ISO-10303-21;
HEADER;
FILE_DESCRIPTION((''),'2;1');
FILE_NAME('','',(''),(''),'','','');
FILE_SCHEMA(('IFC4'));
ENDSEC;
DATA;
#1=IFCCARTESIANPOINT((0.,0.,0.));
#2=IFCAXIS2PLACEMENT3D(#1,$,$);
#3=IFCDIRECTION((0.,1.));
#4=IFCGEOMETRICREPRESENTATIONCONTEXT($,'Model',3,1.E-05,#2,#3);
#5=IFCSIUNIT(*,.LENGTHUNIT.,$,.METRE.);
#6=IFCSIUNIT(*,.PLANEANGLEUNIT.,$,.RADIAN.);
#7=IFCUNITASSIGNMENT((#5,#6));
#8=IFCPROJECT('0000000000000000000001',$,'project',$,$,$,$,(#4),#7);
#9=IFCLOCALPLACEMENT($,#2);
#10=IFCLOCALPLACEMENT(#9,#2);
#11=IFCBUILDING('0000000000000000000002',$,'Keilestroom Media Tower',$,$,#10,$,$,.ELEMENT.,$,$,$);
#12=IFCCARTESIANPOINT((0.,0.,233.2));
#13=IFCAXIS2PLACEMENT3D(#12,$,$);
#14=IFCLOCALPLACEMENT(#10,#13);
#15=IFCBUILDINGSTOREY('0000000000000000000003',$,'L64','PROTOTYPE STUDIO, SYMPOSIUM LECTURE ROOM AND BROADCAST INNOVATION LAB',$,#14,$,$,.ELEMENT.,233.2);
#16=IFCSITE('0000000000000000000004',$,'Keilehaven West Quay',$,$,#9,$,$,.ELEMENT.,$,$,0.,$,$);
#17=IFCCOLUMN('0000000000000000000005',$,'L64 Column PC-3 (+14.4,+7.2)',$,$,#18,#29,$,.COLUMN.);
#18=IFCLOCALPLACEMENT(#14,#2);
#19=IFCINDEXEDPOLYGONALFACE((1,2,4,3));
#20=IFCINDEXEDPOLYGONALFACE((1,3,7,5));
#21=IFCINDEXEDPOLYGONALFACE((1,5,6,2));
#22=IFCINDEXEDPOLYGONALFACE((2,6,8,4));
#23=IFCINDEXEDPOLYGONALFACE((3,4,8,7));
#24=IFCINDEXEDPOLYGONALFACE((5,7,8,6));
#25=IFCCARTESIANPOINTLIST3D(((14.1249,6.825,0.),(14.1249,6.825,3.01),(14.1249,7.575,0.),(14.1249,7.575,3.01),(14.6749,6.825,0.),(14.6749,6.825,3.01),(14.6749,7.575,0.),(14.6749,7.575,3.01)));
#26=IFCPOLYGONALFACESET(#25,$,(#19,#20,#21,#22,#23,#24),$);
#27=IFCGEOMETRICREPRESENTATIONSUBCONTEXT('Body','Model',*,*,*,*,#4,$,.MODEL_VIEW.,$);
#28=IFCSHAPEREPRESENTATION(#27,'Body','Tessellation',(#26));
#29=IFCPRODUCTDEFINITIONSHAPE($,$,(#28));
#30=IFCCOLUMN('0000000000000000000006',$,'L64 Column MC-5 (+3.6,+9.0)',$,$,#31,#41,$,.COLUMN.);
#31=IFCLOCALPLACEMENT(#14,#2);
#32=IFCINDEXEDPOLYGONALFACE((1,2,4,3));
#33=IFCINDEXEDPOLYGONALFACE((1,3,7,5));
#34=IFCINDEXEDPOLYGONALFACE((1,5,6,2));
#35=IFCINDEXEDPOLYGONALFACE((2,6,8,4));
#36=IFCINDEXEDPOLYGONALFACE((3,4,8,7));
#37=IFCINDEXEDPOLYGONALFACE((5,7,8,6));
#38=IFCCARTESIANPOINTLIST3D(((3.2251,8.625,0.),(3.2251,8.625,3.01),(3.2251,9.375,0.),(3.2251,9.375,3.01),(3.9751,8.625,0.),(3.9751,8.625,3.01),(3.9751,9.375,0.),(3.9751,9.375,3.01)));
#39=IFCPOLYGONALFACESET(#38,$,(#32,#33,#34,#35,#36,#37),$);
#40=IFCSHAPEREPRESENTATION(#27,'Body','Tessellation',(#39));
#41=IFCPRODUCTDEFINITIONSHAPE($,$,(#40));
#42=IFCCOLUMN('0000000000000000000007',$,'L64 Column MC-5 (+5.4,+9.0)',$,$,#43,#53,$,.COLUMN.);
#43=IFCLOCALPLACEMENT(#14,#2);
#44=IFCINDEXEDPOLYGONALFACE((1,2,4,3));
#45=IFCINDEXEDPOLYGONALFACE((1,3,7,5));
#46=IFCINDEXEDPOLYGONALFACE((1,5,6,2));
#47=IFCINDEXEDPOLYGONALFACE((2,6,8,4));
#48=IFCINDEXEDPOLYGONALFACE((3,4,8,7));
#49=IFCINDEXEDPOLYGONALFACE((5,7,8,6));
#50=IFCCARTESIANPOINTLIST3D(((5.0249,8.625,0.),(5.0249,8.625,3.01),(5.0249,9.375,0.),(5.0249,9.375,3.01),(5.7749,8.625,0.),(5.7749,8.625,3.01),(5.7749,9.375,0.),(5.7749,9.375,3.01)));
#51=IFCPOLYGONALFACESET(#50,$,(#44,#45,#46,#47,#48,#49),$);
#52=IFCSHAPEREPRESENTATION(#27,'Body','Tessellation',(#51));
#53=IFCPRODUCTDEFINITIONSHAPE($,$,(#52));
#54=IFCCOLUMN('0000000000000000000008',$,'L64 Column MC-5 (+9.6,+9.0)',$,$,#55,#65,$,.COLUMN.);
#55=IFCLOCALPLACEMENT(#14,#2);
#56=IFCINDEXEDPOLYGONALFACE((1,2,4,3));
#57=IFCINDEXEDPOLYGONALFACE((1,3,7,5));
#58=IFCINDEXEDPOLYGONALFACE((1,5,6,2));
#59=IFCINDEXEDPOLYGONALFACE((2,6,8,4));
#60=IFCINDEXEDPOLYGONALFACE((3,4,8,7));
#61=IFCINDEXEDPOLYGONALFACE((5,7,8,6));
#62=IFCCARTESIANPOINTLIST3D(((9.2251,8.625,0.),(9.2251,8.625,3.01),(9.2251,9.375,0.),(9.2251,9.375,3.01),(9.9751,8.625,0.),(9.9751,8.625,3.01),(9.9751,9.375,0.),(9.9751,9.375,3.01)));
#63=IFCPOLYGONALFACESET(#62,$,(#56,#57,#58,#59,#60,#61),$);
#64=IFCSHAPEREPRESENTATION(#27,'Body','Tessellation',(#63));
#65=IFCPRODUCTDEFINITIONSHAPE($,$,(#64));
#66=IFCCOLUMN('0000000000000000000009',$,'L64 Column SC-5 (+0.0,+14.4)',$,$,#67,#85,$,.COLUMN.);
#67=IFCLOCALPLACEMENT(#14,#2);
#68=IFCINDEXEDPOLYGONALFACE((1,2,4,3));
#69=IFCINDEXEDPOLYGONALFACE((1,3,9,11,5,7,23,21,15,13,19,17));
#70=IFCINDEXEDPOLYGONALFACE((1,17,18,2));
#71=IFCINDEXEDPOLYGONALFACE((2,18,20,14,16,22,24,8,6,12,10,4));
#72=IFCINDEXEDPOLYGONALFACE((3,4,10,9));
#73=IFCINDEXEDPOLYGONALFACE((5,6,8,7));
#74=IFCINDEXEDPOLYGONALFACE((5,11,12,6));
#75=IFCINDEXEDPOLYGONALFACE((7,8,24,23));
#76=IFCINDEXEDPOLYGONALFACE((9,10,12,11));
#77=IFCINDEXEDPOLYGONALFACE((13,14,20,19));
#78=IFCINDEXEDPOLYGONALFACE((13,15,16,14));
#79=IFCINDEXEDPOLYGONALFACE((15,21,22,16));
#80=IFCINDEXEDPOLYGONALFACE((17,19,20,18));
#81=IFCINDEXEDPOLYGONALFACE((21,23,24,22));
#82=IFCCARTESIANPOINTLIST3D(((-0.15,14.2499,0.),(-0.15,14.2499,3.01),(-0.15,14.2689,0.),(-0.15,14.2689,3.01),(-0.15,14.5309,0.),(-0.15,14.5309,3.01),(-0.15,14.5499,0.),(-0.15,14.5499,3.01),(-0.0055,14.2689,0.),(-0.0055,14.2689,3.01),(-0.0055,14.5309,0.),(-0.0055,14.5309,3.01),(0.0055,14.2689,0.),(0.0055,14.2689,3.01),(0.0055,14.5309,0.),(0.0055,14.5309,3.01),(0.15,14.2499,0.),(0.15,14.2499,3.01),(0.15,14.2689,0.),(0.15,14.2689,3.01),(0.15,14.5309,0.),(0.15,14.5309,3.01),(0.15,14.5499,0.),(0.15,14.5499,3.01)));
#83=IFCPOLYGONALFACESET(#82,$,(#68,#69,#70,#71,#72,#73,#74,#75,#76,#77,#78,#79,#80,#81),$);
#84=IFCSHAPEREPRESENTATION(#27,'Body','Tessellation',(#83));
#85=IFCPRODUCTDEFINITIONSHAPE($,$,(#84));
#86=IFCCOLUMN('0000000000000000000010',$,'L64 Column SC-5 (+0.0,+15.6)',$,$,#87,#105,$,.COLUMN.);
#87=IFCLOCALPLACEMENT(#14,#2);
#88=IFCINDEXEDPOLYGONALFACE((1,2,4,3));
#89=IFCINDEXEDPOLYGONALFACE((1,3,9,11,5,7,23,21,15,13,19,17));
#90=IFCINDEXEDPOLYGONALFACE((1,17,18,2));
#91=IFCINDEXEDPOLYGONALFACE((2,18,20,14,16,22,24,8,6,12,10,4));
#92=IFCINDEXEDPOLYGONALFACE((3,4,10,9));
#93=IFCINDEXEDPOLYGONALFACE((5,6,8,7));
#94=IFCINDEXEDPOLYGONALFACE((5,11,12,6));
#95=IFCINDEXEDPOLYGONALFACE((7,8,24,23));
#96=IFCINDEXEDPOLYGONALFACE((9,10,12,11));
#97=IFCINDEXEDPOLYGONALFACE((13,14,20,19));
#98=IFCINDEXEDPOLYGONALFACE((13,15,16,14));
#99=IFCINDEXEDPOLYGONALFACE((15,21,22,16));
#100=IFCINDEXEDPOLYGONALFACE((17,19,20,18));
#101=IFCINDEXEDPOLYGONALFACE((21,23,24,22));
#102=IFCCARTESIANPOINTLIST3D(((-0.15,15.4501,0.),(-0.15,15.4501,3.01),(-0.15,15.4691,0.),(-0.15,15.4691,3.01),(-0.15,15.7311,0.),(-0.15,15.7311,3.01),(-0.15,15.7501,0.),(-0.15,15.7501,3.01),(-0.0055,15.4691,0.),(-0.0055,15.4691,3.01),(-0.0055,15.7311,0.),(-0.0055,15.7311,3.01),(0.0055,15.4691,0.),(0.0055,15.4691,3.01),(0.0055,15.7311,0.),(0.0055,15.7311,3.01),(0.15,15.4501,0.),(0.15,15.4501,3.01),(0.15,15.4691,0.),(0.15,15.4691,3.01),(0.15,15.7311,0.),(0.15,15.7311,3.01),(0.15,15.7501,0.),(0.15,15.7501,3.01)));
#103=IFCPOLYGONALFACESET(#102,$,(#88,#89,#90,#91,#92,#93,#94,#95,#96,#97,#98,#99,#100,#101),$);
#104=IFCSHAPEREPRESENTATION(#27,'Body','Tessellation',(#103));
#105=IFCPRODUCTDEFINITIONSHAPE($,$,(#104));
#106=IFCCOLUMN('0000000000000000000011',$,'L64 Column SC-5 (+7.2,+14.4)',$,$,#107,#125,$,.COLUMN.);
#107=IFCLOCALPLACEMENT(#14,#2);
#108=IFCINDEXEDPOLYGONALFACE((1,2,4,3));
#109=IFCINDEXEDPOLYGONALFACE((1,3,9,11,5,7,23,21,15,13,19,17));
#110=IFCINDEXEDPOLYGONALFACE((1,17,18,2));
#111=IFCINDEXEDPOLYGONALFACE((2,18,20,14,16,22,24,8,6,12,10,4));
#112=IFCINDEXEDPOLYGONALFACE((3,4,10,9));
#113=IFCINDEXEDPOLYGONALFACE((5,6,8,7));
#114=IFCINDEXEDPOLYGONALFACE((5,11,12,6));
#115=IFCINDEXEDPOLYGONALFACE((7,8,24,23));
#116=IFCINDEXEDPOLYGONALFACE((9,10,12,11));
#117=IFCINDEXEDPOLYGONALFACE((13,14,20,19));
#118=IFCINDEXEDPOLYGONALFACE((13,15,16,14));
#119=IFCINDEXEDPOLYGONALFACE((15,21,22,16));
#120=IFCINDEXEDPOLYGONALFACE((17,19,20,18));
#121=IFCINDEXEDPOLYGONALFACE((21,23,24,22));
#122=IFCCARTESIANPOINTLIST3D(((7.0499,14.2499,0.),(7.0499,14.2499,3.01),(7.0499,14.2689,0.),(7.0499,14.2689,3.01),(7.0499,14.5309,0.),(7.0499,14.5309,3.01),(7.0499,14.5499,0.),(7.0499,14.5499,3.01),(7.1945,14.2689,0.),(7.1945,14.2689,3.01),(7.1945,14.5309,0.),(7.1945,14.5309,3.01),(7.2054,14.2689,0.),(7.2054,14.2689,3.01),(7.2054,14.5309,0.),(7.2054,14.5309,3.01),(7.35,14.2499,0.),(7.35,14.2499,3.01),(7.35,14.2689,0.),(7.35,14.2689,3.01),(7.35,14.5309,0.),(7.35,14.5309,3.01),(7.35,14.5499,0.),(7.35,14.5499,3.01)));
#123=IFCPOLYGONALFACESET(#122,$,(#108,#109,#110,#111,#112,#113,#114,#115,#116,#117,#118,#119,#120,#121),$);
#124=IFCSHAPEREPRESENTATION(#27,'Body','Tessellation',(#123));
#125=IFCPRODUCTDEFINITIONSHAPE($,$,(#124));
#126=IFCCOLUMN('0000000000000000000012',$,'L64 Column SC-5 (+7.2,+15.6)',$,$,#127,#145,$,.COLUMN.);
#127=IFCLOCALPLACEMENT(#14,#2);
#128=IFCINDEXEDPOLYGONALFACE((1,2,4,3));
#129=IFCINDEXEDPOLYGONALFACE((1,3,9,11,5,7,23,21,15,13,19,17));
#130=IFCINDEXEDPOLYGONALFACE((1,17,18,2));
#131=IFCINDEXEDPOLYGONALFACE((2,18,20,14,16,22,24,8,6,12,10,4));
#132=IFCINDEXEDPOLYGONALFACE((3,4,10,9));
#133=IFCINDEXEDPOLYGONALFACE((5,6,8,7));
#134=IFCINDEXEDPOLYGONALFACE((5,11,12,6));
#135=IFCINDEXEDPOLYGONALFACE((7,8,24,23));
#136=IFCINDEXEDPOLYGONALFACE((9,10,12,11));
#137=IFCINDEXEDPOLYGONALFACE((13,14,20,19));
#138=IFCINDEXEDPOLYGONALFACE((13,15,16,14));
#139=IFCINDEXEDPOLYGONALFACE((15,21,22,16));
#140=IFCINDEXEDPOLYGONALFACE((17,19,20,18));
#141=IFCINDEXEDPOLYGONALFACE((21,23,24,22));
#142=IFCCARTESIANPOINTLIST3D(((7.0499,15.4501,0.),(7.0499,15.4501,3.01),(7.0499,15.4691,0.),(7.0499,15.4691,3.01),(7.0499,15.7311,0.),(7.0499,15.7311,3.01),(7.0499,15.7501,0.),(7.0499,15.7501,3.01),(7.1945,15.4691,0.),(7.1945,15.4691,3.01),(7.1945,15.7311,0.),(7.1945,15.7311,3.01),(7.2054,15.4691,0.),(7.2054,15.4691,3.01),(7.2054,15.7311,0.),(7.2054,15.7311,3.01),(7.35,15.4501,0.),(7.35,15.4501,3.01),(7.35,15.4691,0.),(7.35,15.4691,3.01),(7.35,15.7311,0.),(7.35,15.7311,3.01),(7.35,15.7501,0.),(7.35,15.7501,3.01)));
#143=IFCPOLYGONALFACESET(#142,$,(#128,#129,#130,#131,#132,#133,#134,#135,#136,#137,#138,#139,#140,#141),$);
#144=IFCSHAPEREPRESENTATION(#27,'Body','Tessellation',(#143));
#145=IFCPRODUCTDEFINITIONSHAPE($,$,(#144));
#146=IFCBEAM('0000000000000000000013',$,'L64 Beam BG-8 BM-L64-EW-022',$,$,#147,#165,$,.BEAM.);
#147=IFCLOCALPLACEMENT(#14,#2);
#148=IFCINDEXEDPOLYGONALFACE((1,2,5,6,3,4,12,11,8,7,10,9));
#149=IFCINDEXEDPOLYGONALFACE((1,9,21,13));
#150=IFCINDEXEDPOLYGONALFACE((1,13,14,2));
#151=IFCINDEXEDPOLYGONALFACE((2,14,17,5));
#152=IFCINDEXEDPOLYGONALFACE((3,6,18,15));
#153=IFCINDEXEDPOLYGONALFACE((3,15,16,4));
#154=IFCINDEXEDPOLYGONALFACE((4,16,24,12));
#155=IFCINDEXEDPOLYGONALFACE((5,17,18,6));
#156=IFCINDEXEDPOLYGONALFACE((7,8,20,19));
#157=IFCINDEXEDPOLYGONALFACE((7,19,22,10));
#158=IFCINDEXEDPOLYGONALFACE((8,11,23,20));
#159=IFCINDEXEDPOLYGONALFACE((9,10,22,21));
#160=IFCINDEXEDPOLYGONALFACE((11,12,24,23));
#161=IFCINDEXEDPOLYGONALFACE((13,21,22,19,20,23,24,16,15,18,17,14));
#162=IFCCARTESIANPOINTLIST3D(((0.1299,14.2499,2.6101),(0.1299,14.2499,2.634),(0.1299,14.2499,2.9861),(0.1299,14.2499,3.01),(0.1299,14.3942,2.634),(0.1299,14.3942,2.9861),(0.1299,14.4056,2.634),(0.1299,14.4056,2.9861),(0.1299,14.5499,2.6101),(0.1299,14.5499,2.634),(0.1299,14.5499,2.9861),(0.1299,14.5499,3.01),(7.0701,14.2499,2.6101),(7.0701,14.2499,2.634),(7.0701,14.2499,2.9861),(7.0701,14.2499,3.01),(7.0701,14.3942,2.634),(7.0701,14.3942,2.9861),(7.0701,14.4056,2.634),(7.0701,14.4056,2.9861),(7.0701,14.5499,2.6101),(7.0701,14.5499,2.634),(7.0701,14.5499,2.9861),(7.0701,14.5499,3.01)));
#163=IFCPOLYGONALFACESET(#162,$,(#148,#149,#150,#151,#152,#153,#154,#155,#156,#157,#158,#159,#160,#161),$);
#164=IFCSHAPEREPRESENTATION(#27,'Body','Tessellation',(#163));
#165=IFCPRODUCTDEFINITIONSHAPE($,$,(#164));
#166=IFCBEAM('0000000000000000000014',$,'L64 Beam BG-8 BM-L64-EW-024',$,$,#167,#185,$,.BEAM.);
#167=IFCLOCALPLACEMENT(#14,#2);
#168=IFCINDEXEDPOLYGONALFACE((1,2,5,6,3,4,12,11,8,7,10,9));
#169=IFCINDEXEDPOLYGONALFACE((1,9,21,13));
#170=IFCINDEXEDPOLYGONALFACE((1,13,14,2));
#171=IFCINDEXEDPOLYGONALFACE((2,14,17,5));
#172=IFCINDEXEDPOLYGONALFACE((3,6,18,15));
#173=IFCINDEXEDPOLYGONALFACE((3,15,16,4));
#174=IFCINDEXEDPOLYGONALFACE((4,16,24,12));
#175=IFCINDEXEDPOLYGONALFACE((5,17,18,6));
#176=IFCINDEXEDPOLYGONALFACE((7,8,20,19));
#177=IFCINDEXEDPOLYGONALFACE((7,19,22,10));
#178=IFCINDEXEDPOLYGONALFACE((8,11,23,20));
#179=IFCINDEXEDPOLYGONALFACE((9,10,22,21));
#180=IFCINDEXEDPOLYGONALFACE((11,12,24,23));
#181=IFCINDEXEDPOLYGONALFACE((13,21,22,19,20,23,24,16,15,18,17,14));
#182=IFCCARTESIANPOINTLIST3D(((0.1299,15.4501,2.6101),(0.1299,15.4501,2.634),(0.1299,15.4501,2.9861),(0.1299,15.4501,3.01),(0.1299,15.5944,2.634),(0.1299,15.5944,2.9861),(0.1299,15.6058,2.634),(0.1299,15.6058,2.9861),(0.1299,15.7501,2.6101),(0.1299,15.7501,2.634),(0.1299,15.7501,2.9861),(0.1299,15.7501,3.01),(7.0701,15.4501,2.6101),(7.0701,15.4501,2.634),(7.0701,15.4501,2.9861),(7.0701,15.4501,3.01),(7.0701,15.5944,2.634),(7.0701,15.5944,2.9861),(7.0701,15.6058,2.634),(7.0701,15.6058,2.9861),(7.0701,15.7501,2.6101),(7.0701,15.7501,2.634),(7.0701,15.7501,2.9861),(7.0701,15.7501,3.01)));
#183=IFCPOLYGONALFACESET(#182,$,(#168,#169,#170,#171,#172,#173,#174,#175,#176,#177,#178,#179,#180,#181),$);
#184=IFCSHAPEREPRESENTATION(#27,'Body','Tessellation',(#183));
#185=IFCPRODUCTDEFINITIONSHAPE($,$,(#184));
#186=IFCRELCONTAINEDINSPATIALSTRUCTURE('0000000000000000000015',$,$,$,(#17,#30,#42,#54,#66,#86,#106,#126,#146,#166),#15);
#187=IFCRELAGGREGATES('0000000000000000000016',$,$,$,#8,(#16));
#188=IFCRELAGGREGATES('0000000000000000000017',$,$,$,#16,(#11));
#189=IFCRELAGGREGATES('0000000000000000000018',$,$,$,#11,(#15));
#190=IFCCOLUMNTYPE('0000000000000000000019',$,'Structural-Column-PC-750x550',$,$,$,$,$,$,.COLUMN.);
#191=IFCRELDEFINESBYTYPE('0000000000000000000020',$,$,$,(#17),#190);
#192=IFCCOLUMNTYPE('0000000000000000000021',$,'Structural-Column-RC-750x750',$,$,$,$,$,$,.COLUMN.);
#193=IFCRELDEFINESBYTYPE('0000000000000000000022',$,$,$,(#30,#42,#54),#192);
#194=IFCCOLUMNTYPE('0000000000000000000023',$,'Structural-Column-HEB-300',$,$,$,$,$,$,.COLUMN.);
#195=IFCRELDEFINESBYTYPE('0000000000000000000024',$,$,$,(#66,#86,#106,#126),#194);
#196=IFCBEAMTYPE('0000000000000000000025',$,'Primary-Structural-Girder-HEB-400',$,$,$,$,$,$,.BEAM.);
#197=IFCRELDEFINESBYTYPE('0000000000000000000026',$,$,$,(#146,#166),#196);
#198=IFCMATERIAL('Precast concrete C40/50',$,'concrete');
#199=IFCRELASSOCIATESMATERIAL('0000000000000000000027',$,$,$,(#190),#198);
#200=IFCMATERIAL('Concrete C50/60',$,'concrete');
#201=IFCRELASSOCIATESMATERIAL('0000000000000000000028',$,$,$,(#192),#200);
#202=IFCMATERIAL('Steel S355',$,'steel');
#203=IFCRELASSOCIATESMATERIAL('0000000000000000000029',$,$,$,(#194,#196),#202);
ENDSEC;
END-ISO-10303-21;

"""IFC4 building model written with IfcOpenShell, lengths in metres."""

from ifc_helpers import new_model, si_unit, direction, frame, origin, origin_2d, place, context, subcontext, project, spatial, rectangle, i_section, extrude, source, transform, mapped, material, material_profile, profile_set, type_object, element, save


model = new_model("IFC4")

# Units and contexts
model_context = context("Model", 3, precision=1e-05, world=origin(), true_north=direction((0.0, 1.0)))
body_context = subcontext(model_context, "Body", "Model", "MODEL_VIEW")
ifc_project = project(units=[si_unit("LENGTHUNIT", "METRE"), si_unit("PLANEANGLEUNIT", "RADIAN")], contexts=[model_context])

# Site, building, storey
site_placement = place(None, origin())
site = spatial("IfcSite", under=ifc_project, at=site_placement, Name="Keilehaven West Quay", CompositionType="ELEMENT", RefElevation=0.0)
building_placement = place(site_placement, origin())
building = spatial("IfcBuilding", under=site, at=building_placement, Name="Keilestroom Media Tower", CompositionType="ELEMENT")
storey_placement = place(building_placement, frame((0.0, 0.0, 233.2)))
storey = spatial("IfcBuildingStorey", under=building, at=storey_placement, Name="L64", Description="PROTOTYPE STUDIO, SYMPOSIUM LECTURE ROOM AND BROADCAST INNOVATION LAB", CompositionType="ELEMENT", Elevation=233.2)

# Columns
ifc_material_1 = material(Name="Precast concrete C40/50", Category="concrete")
ifc_material_profile_1 = material_profile(ifc_material_1, rectangle(XDim=0.55, YDim=0.75, at=origin_2d()), Name="PC 750x550")
ifc_profile_set_1 = profile_set([ifc_material_profile_1], Name="Precast concrete C40/50")
column_type_1 = type_object("IfcColumnType", Name="Structural-Column-PC-750x550", PredefinedType="COLUMN", material=ifc_profile_set_1)
shared_shape_1 = source(origin(), body_context, "Body", "SweptSolid", [
    extrude(rectangle(XDim=0.55, YDim=0.75, at=origin_2d()), origin(), (0.0, 0.0, 1.0), 3.01),
])
column_placement = place(storey_placement, frame((14.3999, 7.2, 0.0), z_axis=(0.0, 0.0, 1.0), x_axis=(1.0, 0.0, 0.0)))
element("IfcColumn", 1, at=column_placement, inside=storey, type_object=column_type_1, Name="L64 Column PC-3 (+14.4,+7.2)", PredefinedType="COLUMN", context=body_context, shape_type="MappedRepresentation", body=[
    mapped(shared_shape_1, transform((0.0, 0.0, 0.0), x_axis=(1.0, 0.0, 0.0), y_axis=(0.0, 1.0, 0.0), z_axis=(0.0, 0.0, 1.0), scale=1.0)),
])
ifc_material_2 = material(Name="Concrete C50/60", Category="concrete")
ifc_material_profile_2 = material_profile(ifc_material_2, rectangle(XDim=0.75, YDim=0.75, at=origin_2d()), Name="RC 750x750")
ifc_profile_set_2 = profile_set([ifc_material_profile_2], Name="Concrete C50/60")
column_type_2 = type_object("IfcColumnType", Name="Structural-Column-RC-750x750", PredefinedType="COLUMN", material=ifc_profile_set_2)
shared_shape_2 = source(origin(), body_context, "Body", "SweptSolid", [
    extrude(rectangle(XDim=0.75, YDim=0.75, at=origin_2d()), origin(), (0.0, 0.0, 1.0), 3.01),
])
for number, where, z_axis, x_axis, name in (
    (2, (3.6001, 9.0, 0.0), (0.0, 0.0, 1.0), (1.0, 0.0, 0.0), "L64 Column MC-5 (+3.6,+9.0)"),
    (3, (5.3999, 9.0, 0.0), (0.0, 0.0, 1.0), (1.0, 0.0, 0.0), "L64 Column MC-5 (+5.4,+9.0)"),
    (4, (9.6001, 9.0, 0.0), (0.0, 0.0, 1.0), (1.0, 0.0, 0.0), "L64 Column MC-5 (+9.6,+9.0)"),
):
    element("IfcColumn", number, at=place(storey_placement, frame(where, z_axis=z_axis, x_axis=x_axis)), inside=storey, type_object=column_type_2, Name=name, PredefinedType="COLUMN", context=body_context, shape_type="MappedRepresentation", body=[
        mapped(shared_shape_2, transform((0.0, 0.0, 0.0), x_axis=(1.0, 0.0, 0.0), y_axis=(0.0, 1.0, 0.0), z_axis=(0.0, 0.0, 1.0), scale=1.0)),
    ])
ifc_material_3 = material(Name="Steel S355", Category="steel")
ifc_material_profile_3 = material_profile(ifc_material_3, i_section(OverallWidth=0.3, OverallDepth=0.3, WebThickness=0.011, FlangeThickness=0.019, at=origin_2d()), Name="HEB 300")
ifc_profile_set_3 = profile_set([ifc_material_profile_3], Name="Steel S355")
column_type_3 = type_object("IfcColumnType", Name="Structural-Column-HEB-300", PredefinedType="COLUMN", material=ifc_profile_set_3)
shared_shape_3 = source(origin(), body_context, "Body", "SweptSolid", [
    extrude(i_section(OverallWidth=0.3, OverallDepth=0.3, WebThickness=0.011, FlangeThickness=0.019, at=origin_2d()), origin(), (0.0, 0.0, 1.0), 3.01),
])
for number, where, z_axis, x_axis, name in (
    (5, (0.0, 14.3999, 0.0), (0.0, 0.0, 1.0), (1.0, 0.0, 0.0), "L64 Column SC-5 (+0.0,+14.4)"),
    (6, (0.0, 15.6001, 0.0), (0.0, 0.0, 1.0), (1.0, 0.0, 0.0), "L64 Column SC-5 (+0.0,+15.6)"),
    (7, (7.2, 14.3999, 0.0), (0.0, 0.0, 1.0), (1.0, 0.0, 0.0), "L64 Column SC-5 (+7.2,+14.4)"),
    (8, (7.2, 15.6001, 0.0), (0.0, 0.0, 1.0), (1.0, 0.0, 0.0), "L64 Column SC-5 (+7.2,+15.6)"),
):
    element("IfcColumn", number, at=place(storey_placement, frame(where, z_axis=z_axis, x_axis=x_axis)), inside=storey, type_object=column_type_3, Name=name, PredefinedType="COLUMN", context=body_context, shape_type="MappedRepresentation", body=[
        mapped(shared_shape_3, transform((0.0, 0.0, 0.0), x_axis=(1.0, 0.0, 0.0), y_axis=(0.0, 1.0, 0.0), z_axis=(0.0, 0.0, 1.0), scale=1.0)),
    ])

# Beams
ifc_material_profile_4 = material_profile(ifc_material_3, i_section(OverallWidth=0.3, OverallDepth=0.3999, WebThickness=0.0115, FlangeThickness=0.0239, at=origin_2d()), Name="HEB 400")
ifc_profile_set_4 = profile_set([ifc_material_profile_4], Name="Steel S355")
beam_type = type_object("IfcBeamType", Name="Primary-Structural-Girder-HEB-400", PredefinedType="BEAM", material=ifc_profile_set_4)
shared_shape_4 = source(origin(), body_context, "Body", "SweptSolid", [
    extrude(i_section(OverallWidth=0.3, OverallDepth=0.3999, WebThickness=0.0115, FlangeThickness=0.0239, at=origin_2d()), origin(), (0.0, 0.0, 1.0), 6.9402),
])
for number, where, z_axis, x_axis, name in (
    (9, (0.1299, 14.3999, 2.8101), (1.0, 0.0, 0.0), (0.0, 1.0, 0.0), "L64 Beam BG-8 BM-L64-EW-022"),
    (10, (0.1299, 15.6001, 2.8101), (1.0, 0.0, 0.0), (0.0, 1.0, 0.0), "L64 Beam BG-8 BM-L64-EW-024"),
):
    element("IfcBeam", number, at=place(storey_placement, frame(where, z_axis=z_axis, x_axis=x_axis)), inside=storey, type_object=beam_type, Name=name, PredefinedType="BEAM", context=body_context, shape_type="MappedRepresentation", body=[
        mapped(shared_shape_4, transform((0.0, 0.0, 0.0), x_axis=(1.0, 0.0, 0.0), y_axis=(0.0, 1.0, 0.0), z_axis=(0.0, 0.0, 1.0), scale=1.0)),
    ])

save(model, "model.ifc")
